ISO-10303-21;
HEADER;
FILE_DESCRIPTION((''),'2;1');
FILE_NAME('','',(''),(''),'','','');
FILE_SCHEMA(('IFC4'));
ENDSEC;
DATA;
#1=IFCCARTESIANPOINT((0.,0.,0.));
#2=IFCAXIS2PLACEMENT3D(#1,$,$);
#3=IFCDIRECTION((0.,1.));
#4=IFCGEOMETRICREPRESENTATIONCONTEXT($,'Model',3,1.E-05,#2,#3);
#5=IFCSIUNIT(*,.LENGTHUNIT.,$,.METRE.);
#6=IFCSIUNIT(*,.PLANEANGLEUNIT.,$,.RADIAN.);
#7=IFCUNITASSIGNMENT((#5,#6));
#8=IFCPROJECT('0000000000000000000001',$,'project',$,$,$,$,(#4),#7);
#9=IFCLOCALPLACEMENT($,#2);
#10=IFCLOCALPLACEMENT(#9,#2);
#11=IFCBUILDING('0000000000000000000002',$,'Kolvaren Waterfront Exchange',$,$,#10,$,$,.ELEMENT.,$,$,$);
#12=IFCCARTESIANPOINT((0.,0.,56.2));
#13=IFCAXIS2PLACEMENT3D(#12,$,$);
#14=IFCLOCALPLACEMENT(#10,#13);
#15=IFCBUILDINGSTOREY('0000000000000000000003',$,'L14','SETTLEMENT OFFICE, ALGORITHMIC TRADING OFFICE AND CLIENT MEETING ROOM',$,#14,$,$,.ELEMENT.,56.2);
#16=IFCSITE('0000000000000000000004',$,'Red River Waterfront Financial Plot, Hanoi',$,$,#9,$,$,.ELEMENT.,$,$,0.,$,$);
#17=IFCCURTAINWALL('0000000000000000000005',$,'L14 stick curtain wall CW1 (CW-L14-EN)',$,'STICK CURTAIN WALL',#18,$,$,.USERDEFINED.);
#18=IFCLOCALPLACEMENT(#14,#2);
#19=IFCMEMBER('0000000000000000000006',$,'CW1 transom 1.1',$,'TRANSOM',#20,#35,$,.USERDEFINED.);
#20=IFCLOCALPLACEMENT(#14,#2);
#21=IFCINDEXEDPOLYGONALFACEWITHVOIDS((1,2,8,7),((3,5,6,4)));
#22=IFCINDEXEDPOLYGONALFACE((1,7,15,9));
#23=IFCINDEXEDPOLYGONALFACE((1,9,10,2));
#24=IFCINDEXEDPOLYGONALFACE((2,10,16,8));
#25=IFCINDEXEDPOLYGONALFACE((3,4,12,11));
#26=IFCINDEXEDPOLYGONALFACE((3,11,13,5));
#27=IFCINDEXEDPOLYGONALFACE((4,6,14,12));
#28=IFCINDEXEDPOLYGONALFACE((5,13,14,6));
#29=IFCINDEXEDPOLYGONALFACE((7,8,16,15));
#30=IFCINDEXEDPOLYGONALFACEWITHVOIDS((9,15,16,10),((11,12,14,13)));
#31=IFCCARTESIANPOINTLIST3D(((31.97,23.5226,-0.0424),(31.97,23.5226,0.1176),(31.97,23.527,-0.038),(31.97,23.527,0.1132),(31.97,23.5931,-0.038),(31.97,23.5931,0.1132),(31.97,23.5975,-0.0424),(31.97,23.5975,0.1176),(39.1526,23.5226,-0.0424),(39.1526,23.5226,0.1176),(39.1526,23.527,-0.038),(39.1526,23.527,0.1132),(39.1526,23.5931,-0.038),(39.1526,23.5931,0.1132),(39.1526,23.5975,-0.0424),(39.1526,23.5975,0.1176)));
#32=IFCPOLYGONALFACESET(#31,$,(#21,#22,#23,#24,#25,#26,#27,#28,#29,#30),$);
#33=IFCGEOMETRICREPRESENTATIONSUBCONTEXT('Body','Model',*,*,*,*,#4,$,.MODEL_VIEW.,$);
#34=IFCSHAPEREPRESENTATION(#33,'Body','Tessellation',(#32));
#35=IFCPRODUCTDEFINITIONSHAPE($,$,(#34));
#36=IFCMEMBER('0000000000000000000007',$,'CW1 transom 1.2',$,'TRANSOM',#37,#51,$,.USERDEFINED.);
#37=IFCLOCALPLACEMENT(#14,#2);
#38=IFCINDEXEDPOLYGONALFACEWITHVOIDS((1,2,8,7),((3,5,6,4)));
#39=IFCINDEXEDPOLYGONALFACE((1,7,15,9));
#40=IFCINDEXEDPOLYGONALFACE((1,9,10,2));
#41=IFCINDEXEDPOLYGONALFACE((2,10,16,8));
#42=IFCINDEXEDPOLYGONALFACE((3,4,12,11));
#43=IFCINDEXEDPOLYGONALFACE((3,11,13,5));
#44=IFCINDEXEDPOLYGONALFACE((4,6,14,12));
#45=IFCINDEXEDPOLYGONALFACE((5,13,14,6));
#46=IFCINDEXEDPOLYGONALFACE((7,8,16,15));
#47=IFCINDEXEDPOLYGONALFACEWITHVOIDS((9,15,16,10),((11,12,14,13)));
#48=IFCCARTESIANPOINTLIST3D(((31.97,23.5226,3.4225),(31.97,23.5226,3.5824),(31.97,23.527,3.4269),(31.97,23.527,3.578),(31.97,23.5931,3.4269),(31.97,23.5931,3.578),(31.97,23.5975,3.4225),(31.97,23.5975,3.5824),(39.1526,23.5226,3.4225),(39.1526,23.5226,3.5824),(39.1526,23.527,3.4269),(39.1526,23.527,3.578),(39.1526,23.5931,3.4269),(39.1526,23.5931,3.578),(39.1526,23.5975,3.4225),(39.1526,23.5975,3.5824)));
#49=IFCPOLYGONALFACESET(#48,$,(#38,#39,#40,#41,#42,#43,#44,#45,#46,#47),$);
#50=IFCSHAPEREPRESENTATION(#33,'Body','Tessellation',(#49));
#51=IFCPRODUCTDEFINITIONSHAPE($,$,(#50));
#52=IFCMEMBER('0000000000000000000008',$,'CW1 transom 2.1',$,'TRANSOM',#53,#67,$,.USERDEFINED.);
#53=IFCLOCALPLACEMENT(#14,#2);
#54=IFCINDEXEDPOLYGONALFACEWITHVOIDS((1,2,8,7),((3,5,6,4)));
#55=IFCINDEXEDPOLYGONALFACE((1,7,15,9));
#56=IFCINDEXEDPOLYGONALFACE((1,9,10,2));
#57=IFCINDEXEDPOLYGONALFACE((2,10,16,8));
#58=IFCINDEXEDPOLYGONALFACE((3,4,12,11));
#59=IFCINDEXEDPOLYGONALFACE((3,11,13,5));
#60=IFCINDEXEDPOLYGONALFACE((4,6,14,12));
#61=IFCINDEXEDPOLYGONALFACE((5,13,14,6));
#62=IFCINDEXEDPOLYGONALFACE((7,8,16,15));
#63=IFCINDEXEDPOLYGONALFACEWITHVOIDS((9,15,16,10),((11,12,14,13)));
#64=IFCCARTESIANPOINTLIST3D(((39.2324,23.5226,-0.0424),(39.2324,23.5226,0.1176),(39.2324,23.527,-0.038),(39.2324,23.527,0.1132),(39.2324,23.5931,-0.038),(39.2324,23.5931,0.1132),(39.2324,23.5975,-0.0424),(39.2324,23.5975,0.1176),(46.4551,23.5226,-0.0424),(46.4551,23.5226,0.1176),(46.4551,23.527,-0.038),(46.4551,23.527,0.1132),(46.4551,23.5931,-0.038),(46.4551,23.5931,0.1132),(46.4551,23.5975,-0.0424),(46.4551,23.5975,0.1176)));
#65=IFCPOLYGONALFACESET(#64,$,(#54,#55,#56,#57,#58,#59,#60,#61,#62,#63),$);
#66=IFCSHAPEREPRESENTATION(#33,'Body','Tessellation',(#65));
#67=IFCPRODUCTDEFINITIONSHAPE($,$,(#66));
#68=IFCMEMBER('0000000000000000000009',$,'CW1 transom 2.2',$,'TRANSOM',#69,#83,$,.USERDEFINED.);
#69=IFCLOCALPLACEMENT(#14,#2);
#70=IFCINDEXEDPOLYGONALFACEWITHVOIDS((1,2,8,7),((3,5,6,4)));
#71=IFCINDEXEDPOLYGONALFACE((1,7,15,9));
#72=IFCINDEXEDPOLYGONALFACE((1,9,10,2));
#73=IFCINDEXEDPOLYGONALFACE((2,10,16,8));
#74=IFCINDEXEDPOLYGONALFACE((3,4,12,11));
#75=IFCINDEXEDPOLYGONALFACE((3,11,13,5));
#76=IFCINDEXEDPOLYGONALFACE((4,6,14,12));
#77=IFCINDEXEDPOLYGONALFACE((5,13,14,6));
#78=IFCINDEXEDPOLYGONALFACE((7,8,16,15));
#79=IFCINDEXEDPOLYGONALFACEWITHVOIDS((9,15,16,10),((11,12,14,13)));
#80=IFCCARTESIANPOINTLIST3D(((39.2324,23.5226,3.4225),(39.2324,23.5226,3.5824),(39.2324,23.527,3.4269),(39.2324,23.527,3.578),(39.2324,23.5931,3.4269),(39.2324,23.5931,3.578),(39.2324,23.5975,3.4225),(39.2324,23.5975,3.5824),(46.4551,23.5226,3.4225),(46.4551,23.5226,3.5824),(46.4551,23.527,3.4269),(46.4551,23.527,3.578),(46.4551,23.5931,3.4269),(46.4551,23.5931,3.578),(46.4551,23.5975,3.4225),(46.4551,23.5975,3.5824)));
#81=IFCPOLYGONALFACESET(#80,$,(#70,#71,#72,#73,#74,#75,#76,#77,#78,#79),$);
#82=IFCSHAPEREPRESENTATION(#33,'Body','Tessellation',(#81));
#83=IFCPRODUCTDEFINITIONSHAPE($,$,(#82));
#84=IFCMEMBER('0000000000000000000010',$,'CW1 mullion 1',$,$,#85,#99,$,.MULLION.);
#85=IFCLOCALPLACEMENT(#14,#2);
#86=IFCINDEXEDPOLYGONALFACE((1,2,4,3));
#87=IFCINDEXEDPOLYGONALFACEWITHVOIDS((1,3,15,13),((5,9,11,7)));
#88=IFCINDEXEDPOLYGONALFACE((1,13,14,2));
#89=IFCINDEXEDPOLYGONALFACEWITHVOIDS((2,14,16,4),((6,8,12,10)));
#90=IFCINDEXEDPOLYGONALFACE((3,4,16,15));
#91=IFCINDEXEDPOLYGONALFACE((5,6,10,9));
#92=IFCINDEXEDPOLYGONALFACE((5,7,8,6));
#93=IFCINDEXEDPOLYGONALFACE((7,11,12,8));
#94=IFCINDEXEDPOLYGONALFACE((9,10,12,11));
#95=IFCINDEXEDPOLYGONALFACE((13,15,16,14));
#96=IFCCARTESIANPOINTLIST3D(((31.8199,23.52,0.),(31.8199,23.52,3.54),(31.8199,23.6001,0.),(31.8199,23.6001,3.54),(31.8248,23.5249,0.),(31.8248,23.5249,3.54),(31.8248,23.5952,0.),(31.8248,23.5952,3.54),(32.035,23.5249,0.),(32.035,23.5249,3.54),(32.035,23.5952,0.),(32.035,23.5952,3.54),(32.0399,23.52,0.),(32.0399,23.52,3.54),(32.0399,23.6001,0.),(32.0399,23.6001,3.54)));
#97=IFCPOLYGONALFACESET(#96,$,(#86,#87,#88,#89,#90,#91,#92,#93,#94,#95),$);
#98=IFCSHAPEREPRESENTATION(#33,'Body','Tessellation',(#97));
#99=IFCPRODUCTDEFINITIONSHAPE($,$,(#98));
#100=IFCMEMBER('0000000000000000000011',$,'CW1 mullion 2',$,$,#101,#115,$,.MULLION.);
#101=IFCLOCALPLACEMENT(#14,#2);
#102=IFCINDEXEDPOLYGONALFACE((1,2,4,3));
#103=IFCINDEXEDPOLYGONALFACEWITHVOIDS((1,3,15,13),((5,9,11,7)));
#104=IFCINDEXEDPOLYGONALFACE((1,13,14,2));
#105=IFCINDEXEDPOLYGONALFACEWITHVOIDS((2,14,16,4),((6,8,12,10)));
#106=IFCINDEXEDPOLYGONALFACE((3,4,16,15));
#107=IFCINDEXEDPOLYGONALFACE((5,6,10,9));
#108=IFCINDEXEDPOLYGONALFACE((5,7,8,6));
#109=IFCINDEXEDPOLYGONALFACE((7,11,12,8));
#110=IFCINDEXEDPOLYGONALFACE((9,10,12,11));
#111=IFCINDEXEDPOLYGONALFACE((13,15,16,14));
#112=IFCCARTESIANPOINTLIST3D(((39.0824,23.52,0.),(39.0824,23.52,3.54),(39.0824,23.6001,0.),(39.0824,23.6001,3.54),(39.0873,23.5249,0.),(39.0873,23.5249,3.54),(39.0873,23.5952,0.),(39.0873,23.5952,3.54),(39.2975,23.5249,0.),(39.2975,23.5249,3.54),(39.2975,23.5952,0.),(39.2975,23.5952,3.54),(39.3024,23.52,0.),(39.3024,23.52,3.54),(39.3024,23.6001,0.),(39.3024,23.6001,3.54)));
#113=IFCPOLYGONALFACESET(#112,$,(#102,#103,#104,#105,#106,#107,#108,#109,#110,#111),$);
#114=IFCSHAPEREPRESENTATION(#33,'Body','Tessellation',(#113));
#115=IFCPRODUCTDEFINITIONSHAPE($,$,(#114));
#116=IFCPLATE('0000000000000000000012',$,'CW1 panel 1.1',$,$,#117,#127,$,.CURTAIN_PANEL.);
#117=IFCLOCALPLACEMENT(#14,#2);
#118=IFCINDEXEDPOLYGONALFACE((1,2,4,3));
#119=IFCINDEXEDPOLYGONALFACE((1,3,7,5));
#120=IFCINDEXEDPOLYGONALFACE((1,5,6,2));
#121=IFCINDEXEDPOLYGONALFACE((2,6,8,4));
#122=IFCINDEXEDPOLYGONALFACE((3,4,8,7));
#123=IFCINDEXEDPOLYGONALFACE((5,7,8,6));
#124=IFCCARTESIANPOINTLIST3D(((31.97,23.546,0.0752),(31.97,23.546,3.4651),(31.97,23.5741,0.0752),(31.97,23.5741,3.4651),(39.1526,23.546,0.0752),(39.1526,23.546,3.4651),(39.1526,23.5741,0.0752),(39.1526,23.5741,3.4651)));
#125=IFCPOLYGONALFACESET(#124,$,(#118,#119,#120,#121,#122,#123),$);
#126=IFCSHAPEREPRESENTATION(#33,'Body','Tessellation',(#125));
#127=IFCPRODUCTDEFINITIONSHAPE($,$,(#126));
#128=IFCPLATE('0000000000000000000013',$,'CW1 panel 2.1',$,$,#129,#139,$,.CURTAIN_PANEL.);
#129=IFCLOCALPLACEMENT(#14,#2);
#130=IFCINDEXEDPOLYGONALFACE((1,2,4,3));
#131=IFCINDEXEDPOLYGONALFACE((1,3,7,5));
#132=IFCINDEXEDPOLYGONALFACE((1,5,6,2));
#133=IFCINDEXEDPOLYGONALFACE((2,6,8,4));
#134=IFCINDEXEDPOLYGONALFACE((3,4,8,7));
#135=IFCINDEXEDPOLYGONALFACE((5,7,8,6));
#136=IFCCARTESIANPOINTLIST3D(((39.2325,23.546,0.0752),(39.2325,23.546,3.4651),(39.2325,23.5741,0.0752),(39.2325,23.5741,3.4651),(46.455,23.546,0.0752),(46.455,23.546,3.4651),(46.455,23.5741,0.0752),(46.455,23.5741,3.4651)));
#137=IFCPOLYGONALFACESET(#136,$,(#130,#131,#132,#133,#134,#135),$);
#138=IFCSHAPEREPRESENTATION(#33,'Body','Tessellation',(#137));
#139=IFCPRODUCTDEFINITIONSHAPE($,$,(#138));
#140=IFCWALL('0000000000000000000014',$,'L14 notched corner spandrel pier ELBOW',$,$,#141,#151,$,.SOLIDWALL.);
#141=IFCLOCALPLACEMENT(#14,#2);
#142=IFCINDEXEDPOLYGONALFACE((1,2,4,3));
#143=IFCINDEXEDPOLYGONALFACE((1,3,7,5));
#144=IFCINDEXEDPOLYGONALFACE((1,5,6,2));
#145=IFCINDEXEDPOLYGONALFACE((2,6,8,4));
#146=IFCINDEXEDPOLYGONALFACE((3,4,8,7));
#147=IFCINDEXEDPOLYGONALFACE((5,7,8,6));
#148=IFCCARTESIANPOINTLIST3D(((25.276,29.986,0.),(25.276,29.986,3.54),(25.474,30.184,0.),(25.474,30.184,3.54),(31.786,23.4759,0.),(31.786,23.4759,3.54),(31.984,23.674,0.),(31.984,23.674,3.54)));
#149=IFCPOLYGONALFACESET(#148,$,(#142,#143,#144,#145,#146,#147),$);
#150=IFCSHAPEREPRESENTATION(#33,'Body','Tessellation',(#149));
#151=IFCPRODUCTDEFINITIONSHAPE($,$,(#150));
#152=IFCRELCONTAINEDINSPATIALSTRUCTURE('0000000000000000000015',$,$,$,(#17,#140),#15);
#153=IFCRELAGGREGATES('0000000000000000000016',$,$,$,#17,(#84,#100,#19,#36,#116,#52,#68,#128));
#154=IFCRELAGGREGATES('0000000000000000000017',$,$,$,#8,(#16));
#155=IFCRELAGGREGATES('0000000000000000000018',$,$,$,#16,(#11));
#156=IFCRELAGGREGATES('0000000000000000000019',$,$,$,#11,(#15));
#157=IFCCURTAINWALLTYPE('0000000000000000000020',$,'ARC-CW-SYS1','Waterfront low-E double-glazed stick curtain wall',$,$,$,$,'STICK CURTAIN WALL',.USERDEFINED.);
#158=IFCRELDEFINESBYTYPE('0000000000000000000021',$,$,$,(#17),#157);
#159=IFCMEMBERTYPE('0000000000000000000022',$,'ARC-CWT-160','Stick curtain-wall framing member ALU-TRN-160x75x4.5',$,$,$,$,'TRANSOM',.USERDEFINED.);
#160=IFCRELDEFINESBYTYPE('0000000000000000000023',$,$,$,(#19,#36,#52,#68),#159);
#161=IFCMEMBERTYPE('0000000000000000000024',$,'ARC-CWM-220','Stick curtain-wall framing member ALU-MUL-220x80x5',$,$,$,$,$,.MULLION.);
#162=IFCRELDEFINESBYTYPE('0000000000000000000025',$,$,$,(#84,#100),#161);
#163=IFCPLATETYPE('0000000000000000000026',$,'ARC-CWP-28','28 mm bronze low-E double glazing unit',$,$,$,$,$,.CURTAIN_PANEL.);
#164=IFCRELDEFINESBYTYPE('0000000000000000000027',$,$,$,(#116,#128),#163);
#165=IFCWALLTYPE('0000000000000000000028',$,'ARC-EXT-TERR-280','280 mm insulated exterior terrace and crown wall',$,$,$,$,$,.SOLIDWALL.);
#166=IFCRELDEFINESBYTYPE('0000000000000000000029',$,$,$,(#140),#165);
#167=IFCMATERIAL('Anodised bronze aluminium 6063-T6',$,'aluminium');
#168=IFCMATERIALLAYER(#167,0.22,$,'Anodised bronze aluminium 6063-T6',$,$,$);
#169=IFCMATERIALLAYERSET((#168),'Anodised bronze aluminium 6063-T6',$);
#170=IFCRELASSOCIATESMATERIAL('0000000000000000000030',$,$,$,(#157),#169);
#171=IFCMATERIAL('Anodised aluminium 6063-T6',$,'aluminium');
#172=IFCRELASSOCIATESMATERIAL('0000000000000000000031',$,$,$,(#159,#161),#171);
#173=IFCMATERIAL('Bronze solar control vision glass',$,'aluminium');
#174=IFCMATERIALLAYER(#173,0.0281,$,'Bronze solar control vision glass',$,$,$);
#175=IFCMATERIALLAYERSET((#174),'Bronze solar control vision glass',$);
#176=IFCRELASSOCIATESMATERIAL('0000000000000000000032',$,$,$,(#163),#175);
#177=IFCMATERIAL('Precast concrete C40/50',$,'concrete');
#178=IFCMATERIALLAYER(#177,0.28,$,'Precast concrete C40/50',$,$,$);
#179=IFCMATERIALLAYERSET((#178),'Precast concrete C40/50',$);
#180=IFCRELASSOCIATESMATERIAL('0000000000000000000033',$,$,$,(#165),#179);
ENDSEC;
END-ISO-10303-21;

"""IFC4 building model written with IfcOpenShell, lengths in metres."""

from ifc_helpers import new_model, si_unit, direction, frame, frame_2d, origin, origin_with_axes, origin_2d, place, context, subcontext, project, spatial, rectangle, hollow_rectangle, extrude, source, transform, mapped, material, layer, layer_set, material_profile, profile_set, type_object, element, aggregate, save


model = new_model("IFC4")

# Units and contexts
model_context = context("Model", 3, precision=1e-05, world=origin(), true_north=direction((0.0, 1.0)))
body_context = subcontext(model_context, "Body", "Model", "MODEL_VIEW")
ifc_project = project(units=[si_unit("LENGTHUNIT", "METRE"), si_unit("PLANEANGLEUNIT", "RADIAN")], contexts=[model_context])

# Site, building, storey
site_placement = place(None, origin())
site = spatial("IfcSite", under=ifc_project, at=site_placement, Name="Red River Waterfront Financial Plot, Hanoi", CompositionType="ELEMENT", RefElevation=0.0)
building_placement = place(site_placement, origin())
building = spatial("IfcBuilding", under=site, at=building_placement, Name="Kolvaren Waterfront Exchange", CompositionType="ELEMENT")
storey_placement = place(building_placement, frame((0.0, 0.0, 56.2)))
storey = spatial("IfcBuildingStorey", under=building, at=storey_placement, Name="L14", Description="SETTLEMENT OFFICE, ALGORITHMIC TRADING OFFICE AND CLIENT MEETING ROOM", CompositionType="ELEMENT", Elevation=56.2)

# Curtain wall, members, plates
ifc_material_1 = material(Name="Anodised bronze aluminium 6063-T6", Category="aluminium")
ifc_layer_1 = layer(ifc_material_1, 0.22, Name="Anodised bronze aluminium 6063-T6")
ifc_layer_set_1 = layer_set([ifc_layer_1], Name="Anodised bronze aluminium 6063-T6")
curtain_wall_type = type_object("IfcCurtainWallType", Name="ARC-CW-SYS1", Description="Waterfront low-E double-glazed stick curtain wall", ElementType="STICK CURTAIN WALL", PredefinedType="USERDEFINED", material=ifc_layer_set_1)
curtain_wall_placement = place(storey_placement, origin())
curtain_wall = element("IfcCurtainWall", 1, at=curtain_wall_placement, inside=storey, type_object=curtain_wall_type, Name="L14 stick curtain wall CW1 (CW-L14-EN)", ObjectType="STICK CURTAIN WALL", PredefinedType="USERDEFINED")
ifc_material_2 = material(Name="Anodised aluminium 6063-T6", Category="aluminium")
ifc_material_profile_1 = material_profile(ifc_material_2, hollow_rectangle(XDim=0.075, YDim=0.1599, WallThickness=0.0044, at=origin_2d()), Name="ALU-TRN-160x75x4.5")
ifc_profile_set_1 = profile_set([ifc_material_profile_1], Name="Anodised aluminium 6063-T6")
member_type_1 = type_object("IfcMemberType", Name="ARC-CWT-160", Description="Stick curtain-wall framing member ALU-TRN-160x75x4.5", ElementType="TRANSOM", PredefinedType="USERDEFINED", material=ifc_profile_set_1)
shared_shape_1 = source(origin_with_axes(), body_context, "Body", "SweptSolid", [
    extrude(hollow_rectangle(XDim=0.075, YDim=0.1599, WallThickness=0.0044, at=origin_2d()), origin(), (0.0, 0.0, 1.0), 7.1826),
])
member_1_placement = place(storey_placement, frame((31.97, 23.5601, 0.0376), z_axis=(1.0, 0.0, 0.0), x_axis=(0.0, 1.0, 0.0)))
member_1 = element("IfcMember", 2, at=member_1_placement, type_object=member_type_1, Name="CW1 transom 1.1", ObjectType="TRANSOM", PredefinedType="USERDEFINED", context=body_context, shape_type="MappedRepresentation", body=[
    mapped(shared_shape_1, transform((0.0, 0.0, 0.0), x_axis=(1.0, 0.0, 0.0), y_axis=(0.0, 1.0, 0.0), z_axis=(0.0, 0.0, 1.0), scale=1.0)),
])
member_2_placement = place(storey_placement, frame((31.97, 23.5601, 3.5024), z_axis=(1.0, 0.0, 0.0), x_axis=(0.0, 1.0, 0.0)))
member_2 = element("IfcMember", 3, at=member_2_placement, type_object=member_type_1, Name="CW1 transom 1.2", ObjectType="TRANSOM", PredefinedType="USERDEFINED", context=body_context, shape_type="MappedRepresentation", body=[
    mapped(shared_shape_1, transform((0.0, 0.0, 0.0), x_axis=(1.0, 0.0, 0.0), y_axis=(0.0, 1.0, 0.0), z_axis=(0.0, 0.0, 1.0), scale=1.0)),
])
shared_shape_2 = source(origin_with_axes(), body_context, "Body", "SweptSolid", [
    extrude(hollow_rectangle(XDim=0.075, YDim=0.1599, WallThickness=0.0044, at=origin_2d()), origin(), (0.0, 0.0, 1.0), 7.2227),
])
member_3_placement = place(storey_placement, frame((39.2324, 23.5601, 0.0376), z_axis=(1.0, 0.0, 0.0), x_axis=(0.0, 1.0, 0.0)))
member_3 = element("IfcMember", 4, at=member_3_placement, type_object=member_type_1, Name="CW1 transom 2.1", ObjectType="TRANSOM", PredefinedType="USERDEFINED", context=body_context, shape_type="MappedRepresentation", body=[
    mapped(shared_shape_2, transform((0.0, 0.0, 0.0), x_axis=(1.0, 0.0, 0.0), y_axis=(0.0, 1.0, 0.0), z_axis=(0.0, 0.0, 1.0), scale=1.0)),
])
member_4_placement = place(storey_placement, frame((39.2324, 23.5601, 3.5024), z_axis=(1.0, 0.0, 0.0), x_axis=(0.0, 1.0, 0.0)))
member_4 = element("IfcMember", 5, at=member_4_placement, type_object=member_type_1, Name="CW1 transom 2.2", ObjectType="TRANSOM", PredefinedType="USERDEFINED", context=body_context, shape_type="MappedRepresentation", body=[
    mapped(shared_shape_2, transform((0.0, 0.0, 0.0), x_axis=(1.0, 0.0, 0.0), y_axis=(0.0, 1.0, 0.0), z_axis=(0.0, 0.0, 1.0), scale=1.0)),
])
ifc_material_profile_2 = material_profile(ifc_material_2, hollow_rectangle(XDim=0.0801, YDim=0.22, WallThickness=0.0049, at=origin_2d()), Name="ALU-MUL-220x80x5")
ifc_profile_set_2 = profile_set([ifc_material_profile_2], Name="Anodised aluminium 6063-T6")
member_type_2 = type_object("IfcMemberType", Name="ARC-CWM-220", Description="Stick curtain-wall framing member ALU-MUL-220x80x5", PredefinedType="MULLION", material=ifc_profile_set_2)
shared_shape_3 = source(origin_with_axes(), body_context, "Body", "SweptSolid", [
    extrude(hollow_rectangle(XDim=0.0801, YDim=0.22, WallThickness=0.0049, at=origin_2d()), origin(), (0.0, 0.0, 1.0), 3.54),
])
member_5_placement = place(storey_placement, frame((31.9299, 23.5601, 0.0), z_axis=(0.0, 0.0, 1.0), x_axis=(0.0, 1.0, 0.0)))
member_5 = element("IfcMember", 6, at=member_5_placement, type_object=member_type_2, Name="CW1 mullion 1", PredefinedType="MULLION", context=body_context, shape_type="MappedRepresentation", body=[
    mapped(shared_shape_3, transform((0.0, 0.0, 0.0), x_axis=(1.0, 0.0, 0.0), y_axis=(0.0, 1.0, 0.0), z_axis=(0.0, 0.0, 1.0), scale=1.0)),
])
member_6_placement = place(storey_placement, frame((39.1924, 23.5601, 0.0), z_axis=(0.0, 0.0, 1.0), x_axis=(0.0, 1.0, 0.0)))
member_6 = element("IfcMember", 7, at=member_6_placement, type_object=member_type_2, Name="CW1 mullion 2", PredefinedType="MULLION", context=body_context, shape_type="MappedRepresentation", body=[
    mapped(shared_shape_3, transform((0.0, 0.0, 0.0), x_axis=(1.0, 0.0, 0.0), y_axis=(0.0, 1.0, 0.0), z_axis=(0.0, 0.0, 1.0), scale=1.0)),
])
ifc_material_3 = material(Name="Bronze solar control vision glass", Category="aluminium")
ifc_layer_2 = layer(ifc_material_3, 0.0281, Name="Bronze solar control vision glass")
ifc_layer_set_2 = layer_set([ifc_layer_2], Name="Bronze solar control vision glass")
plate_type = type_object("IfcPlateType", Name="ARC-CWP-28", Description="28 mm bronze low-E double glazing unit", PredefinedType="CURTAIN_PANEL", material=ifc_layer_set_2)
shared_shape_4 = source(origin_with_axes(), body_context, "Body", "SweptSolid", [
    extrude(rectangle(XDim=7.1826, YDim=0.0281, at=origin_2d()), origin(), (0.0, 0.0, 1.0), 3.3899),
])
plate_1_placement = place(storey_placement, frame((35.5613, 23.5601, 0.0752), z_axis=(0.0, 0.0, 1.0), x_axis=(1.0, 0.0, 0.0)))
plate_1 = element("IfcPlate", 8, at=plate_1_placement, type_object=plate_type, Name="CW1 panel 1.1", PredefinedType="CURTAIN_PANEL", context=body_context, shape_type="MappedRepresentation", body=[
    mapped(shared_shape_4, transform((0.0, 0.0, 0.0), x_axis=(1.0, 0.0, 0.0), y_axis=(0.0, 1.0, 0.0), z_axis=(0.0, 0.0, 1.0), scale=1.0)),
])
shared_shape_5 = source(origin_with_axes(), body_context, "Body", "SweptSolid", [
    extrude(rectangle(XDim=7.2224, YDim=0.0281, at=origin_2d()), origin(), (0.0, 0.0, 1.0), 3.3899),
])
plate_2_placement = place(storey_placement, frame((42.8438, 23.5601, 0.0752), z_axis=(0.0, 0.0, 1.0), x_axis=(1.0, 0.0, 0.0)))
plate_2 = element("IfcPlate", 9, at=plate_2_placement, type_object=plate_type, Name="CW1 panel 2.1", PredefinedType="CURTAIN_PANEL", context=body_context, shape_type="MappedRepresentation", body=[
    mapped(shared_shape_5, transform((0.0, 0.0, 0.0), x_axis=(1.0, 0.0, 0.0), y_axis=(0.0, 1.0, 0.0), z_axis=(0.0, 0.0, 1.0), scale=1.0)),
])
aggregate(curtain_wall, [member_5, member_6, member_1, member_2, plate_1, member_3, member_4, plate_2])

# Wall
ifc_material_4 = material(Name="Precast concrete C40/50", Category="concrete")
ifc_layer_3 = layer(ifc_material_4, 0.28, Name="Precast concrete C40/50")
ifc_layer_set_3 = layer_set([ifc_layer_3], Name="Precast concrete C40/50")
wall_type_1 = type_object("IfcWallType", Name="ARC-EXT-TERR-280", Description="280 mm insulated exterior terrace and crown wall", PredefinedType="SOLIDWALL", material=ifc_layer_set_3)
wall_1_placement = place(storey_placement, frame((31.885, 23.575, 0.0), z_axis=(0.0, 0.0, 1.0), x_axis=(-0.707107, 0.707107, 0.0)))
element("IfcWall", 10, at=wall_1_placement, inside=storey, type_object=wall_type_1, Name="L14 notched corner spandrel pier ELBOW", PredefinedType="SOLIDWALL", context=body_context, shape_type="SweptSolid", body=[
    extrude(rectangle(XDim=9.2065, YDim=0.28, at=frame_2d((4.6033, 0.0))), origin(), (0.0, 0.0, 1.0), 3.54),
])

save(model, "model.ifc")
